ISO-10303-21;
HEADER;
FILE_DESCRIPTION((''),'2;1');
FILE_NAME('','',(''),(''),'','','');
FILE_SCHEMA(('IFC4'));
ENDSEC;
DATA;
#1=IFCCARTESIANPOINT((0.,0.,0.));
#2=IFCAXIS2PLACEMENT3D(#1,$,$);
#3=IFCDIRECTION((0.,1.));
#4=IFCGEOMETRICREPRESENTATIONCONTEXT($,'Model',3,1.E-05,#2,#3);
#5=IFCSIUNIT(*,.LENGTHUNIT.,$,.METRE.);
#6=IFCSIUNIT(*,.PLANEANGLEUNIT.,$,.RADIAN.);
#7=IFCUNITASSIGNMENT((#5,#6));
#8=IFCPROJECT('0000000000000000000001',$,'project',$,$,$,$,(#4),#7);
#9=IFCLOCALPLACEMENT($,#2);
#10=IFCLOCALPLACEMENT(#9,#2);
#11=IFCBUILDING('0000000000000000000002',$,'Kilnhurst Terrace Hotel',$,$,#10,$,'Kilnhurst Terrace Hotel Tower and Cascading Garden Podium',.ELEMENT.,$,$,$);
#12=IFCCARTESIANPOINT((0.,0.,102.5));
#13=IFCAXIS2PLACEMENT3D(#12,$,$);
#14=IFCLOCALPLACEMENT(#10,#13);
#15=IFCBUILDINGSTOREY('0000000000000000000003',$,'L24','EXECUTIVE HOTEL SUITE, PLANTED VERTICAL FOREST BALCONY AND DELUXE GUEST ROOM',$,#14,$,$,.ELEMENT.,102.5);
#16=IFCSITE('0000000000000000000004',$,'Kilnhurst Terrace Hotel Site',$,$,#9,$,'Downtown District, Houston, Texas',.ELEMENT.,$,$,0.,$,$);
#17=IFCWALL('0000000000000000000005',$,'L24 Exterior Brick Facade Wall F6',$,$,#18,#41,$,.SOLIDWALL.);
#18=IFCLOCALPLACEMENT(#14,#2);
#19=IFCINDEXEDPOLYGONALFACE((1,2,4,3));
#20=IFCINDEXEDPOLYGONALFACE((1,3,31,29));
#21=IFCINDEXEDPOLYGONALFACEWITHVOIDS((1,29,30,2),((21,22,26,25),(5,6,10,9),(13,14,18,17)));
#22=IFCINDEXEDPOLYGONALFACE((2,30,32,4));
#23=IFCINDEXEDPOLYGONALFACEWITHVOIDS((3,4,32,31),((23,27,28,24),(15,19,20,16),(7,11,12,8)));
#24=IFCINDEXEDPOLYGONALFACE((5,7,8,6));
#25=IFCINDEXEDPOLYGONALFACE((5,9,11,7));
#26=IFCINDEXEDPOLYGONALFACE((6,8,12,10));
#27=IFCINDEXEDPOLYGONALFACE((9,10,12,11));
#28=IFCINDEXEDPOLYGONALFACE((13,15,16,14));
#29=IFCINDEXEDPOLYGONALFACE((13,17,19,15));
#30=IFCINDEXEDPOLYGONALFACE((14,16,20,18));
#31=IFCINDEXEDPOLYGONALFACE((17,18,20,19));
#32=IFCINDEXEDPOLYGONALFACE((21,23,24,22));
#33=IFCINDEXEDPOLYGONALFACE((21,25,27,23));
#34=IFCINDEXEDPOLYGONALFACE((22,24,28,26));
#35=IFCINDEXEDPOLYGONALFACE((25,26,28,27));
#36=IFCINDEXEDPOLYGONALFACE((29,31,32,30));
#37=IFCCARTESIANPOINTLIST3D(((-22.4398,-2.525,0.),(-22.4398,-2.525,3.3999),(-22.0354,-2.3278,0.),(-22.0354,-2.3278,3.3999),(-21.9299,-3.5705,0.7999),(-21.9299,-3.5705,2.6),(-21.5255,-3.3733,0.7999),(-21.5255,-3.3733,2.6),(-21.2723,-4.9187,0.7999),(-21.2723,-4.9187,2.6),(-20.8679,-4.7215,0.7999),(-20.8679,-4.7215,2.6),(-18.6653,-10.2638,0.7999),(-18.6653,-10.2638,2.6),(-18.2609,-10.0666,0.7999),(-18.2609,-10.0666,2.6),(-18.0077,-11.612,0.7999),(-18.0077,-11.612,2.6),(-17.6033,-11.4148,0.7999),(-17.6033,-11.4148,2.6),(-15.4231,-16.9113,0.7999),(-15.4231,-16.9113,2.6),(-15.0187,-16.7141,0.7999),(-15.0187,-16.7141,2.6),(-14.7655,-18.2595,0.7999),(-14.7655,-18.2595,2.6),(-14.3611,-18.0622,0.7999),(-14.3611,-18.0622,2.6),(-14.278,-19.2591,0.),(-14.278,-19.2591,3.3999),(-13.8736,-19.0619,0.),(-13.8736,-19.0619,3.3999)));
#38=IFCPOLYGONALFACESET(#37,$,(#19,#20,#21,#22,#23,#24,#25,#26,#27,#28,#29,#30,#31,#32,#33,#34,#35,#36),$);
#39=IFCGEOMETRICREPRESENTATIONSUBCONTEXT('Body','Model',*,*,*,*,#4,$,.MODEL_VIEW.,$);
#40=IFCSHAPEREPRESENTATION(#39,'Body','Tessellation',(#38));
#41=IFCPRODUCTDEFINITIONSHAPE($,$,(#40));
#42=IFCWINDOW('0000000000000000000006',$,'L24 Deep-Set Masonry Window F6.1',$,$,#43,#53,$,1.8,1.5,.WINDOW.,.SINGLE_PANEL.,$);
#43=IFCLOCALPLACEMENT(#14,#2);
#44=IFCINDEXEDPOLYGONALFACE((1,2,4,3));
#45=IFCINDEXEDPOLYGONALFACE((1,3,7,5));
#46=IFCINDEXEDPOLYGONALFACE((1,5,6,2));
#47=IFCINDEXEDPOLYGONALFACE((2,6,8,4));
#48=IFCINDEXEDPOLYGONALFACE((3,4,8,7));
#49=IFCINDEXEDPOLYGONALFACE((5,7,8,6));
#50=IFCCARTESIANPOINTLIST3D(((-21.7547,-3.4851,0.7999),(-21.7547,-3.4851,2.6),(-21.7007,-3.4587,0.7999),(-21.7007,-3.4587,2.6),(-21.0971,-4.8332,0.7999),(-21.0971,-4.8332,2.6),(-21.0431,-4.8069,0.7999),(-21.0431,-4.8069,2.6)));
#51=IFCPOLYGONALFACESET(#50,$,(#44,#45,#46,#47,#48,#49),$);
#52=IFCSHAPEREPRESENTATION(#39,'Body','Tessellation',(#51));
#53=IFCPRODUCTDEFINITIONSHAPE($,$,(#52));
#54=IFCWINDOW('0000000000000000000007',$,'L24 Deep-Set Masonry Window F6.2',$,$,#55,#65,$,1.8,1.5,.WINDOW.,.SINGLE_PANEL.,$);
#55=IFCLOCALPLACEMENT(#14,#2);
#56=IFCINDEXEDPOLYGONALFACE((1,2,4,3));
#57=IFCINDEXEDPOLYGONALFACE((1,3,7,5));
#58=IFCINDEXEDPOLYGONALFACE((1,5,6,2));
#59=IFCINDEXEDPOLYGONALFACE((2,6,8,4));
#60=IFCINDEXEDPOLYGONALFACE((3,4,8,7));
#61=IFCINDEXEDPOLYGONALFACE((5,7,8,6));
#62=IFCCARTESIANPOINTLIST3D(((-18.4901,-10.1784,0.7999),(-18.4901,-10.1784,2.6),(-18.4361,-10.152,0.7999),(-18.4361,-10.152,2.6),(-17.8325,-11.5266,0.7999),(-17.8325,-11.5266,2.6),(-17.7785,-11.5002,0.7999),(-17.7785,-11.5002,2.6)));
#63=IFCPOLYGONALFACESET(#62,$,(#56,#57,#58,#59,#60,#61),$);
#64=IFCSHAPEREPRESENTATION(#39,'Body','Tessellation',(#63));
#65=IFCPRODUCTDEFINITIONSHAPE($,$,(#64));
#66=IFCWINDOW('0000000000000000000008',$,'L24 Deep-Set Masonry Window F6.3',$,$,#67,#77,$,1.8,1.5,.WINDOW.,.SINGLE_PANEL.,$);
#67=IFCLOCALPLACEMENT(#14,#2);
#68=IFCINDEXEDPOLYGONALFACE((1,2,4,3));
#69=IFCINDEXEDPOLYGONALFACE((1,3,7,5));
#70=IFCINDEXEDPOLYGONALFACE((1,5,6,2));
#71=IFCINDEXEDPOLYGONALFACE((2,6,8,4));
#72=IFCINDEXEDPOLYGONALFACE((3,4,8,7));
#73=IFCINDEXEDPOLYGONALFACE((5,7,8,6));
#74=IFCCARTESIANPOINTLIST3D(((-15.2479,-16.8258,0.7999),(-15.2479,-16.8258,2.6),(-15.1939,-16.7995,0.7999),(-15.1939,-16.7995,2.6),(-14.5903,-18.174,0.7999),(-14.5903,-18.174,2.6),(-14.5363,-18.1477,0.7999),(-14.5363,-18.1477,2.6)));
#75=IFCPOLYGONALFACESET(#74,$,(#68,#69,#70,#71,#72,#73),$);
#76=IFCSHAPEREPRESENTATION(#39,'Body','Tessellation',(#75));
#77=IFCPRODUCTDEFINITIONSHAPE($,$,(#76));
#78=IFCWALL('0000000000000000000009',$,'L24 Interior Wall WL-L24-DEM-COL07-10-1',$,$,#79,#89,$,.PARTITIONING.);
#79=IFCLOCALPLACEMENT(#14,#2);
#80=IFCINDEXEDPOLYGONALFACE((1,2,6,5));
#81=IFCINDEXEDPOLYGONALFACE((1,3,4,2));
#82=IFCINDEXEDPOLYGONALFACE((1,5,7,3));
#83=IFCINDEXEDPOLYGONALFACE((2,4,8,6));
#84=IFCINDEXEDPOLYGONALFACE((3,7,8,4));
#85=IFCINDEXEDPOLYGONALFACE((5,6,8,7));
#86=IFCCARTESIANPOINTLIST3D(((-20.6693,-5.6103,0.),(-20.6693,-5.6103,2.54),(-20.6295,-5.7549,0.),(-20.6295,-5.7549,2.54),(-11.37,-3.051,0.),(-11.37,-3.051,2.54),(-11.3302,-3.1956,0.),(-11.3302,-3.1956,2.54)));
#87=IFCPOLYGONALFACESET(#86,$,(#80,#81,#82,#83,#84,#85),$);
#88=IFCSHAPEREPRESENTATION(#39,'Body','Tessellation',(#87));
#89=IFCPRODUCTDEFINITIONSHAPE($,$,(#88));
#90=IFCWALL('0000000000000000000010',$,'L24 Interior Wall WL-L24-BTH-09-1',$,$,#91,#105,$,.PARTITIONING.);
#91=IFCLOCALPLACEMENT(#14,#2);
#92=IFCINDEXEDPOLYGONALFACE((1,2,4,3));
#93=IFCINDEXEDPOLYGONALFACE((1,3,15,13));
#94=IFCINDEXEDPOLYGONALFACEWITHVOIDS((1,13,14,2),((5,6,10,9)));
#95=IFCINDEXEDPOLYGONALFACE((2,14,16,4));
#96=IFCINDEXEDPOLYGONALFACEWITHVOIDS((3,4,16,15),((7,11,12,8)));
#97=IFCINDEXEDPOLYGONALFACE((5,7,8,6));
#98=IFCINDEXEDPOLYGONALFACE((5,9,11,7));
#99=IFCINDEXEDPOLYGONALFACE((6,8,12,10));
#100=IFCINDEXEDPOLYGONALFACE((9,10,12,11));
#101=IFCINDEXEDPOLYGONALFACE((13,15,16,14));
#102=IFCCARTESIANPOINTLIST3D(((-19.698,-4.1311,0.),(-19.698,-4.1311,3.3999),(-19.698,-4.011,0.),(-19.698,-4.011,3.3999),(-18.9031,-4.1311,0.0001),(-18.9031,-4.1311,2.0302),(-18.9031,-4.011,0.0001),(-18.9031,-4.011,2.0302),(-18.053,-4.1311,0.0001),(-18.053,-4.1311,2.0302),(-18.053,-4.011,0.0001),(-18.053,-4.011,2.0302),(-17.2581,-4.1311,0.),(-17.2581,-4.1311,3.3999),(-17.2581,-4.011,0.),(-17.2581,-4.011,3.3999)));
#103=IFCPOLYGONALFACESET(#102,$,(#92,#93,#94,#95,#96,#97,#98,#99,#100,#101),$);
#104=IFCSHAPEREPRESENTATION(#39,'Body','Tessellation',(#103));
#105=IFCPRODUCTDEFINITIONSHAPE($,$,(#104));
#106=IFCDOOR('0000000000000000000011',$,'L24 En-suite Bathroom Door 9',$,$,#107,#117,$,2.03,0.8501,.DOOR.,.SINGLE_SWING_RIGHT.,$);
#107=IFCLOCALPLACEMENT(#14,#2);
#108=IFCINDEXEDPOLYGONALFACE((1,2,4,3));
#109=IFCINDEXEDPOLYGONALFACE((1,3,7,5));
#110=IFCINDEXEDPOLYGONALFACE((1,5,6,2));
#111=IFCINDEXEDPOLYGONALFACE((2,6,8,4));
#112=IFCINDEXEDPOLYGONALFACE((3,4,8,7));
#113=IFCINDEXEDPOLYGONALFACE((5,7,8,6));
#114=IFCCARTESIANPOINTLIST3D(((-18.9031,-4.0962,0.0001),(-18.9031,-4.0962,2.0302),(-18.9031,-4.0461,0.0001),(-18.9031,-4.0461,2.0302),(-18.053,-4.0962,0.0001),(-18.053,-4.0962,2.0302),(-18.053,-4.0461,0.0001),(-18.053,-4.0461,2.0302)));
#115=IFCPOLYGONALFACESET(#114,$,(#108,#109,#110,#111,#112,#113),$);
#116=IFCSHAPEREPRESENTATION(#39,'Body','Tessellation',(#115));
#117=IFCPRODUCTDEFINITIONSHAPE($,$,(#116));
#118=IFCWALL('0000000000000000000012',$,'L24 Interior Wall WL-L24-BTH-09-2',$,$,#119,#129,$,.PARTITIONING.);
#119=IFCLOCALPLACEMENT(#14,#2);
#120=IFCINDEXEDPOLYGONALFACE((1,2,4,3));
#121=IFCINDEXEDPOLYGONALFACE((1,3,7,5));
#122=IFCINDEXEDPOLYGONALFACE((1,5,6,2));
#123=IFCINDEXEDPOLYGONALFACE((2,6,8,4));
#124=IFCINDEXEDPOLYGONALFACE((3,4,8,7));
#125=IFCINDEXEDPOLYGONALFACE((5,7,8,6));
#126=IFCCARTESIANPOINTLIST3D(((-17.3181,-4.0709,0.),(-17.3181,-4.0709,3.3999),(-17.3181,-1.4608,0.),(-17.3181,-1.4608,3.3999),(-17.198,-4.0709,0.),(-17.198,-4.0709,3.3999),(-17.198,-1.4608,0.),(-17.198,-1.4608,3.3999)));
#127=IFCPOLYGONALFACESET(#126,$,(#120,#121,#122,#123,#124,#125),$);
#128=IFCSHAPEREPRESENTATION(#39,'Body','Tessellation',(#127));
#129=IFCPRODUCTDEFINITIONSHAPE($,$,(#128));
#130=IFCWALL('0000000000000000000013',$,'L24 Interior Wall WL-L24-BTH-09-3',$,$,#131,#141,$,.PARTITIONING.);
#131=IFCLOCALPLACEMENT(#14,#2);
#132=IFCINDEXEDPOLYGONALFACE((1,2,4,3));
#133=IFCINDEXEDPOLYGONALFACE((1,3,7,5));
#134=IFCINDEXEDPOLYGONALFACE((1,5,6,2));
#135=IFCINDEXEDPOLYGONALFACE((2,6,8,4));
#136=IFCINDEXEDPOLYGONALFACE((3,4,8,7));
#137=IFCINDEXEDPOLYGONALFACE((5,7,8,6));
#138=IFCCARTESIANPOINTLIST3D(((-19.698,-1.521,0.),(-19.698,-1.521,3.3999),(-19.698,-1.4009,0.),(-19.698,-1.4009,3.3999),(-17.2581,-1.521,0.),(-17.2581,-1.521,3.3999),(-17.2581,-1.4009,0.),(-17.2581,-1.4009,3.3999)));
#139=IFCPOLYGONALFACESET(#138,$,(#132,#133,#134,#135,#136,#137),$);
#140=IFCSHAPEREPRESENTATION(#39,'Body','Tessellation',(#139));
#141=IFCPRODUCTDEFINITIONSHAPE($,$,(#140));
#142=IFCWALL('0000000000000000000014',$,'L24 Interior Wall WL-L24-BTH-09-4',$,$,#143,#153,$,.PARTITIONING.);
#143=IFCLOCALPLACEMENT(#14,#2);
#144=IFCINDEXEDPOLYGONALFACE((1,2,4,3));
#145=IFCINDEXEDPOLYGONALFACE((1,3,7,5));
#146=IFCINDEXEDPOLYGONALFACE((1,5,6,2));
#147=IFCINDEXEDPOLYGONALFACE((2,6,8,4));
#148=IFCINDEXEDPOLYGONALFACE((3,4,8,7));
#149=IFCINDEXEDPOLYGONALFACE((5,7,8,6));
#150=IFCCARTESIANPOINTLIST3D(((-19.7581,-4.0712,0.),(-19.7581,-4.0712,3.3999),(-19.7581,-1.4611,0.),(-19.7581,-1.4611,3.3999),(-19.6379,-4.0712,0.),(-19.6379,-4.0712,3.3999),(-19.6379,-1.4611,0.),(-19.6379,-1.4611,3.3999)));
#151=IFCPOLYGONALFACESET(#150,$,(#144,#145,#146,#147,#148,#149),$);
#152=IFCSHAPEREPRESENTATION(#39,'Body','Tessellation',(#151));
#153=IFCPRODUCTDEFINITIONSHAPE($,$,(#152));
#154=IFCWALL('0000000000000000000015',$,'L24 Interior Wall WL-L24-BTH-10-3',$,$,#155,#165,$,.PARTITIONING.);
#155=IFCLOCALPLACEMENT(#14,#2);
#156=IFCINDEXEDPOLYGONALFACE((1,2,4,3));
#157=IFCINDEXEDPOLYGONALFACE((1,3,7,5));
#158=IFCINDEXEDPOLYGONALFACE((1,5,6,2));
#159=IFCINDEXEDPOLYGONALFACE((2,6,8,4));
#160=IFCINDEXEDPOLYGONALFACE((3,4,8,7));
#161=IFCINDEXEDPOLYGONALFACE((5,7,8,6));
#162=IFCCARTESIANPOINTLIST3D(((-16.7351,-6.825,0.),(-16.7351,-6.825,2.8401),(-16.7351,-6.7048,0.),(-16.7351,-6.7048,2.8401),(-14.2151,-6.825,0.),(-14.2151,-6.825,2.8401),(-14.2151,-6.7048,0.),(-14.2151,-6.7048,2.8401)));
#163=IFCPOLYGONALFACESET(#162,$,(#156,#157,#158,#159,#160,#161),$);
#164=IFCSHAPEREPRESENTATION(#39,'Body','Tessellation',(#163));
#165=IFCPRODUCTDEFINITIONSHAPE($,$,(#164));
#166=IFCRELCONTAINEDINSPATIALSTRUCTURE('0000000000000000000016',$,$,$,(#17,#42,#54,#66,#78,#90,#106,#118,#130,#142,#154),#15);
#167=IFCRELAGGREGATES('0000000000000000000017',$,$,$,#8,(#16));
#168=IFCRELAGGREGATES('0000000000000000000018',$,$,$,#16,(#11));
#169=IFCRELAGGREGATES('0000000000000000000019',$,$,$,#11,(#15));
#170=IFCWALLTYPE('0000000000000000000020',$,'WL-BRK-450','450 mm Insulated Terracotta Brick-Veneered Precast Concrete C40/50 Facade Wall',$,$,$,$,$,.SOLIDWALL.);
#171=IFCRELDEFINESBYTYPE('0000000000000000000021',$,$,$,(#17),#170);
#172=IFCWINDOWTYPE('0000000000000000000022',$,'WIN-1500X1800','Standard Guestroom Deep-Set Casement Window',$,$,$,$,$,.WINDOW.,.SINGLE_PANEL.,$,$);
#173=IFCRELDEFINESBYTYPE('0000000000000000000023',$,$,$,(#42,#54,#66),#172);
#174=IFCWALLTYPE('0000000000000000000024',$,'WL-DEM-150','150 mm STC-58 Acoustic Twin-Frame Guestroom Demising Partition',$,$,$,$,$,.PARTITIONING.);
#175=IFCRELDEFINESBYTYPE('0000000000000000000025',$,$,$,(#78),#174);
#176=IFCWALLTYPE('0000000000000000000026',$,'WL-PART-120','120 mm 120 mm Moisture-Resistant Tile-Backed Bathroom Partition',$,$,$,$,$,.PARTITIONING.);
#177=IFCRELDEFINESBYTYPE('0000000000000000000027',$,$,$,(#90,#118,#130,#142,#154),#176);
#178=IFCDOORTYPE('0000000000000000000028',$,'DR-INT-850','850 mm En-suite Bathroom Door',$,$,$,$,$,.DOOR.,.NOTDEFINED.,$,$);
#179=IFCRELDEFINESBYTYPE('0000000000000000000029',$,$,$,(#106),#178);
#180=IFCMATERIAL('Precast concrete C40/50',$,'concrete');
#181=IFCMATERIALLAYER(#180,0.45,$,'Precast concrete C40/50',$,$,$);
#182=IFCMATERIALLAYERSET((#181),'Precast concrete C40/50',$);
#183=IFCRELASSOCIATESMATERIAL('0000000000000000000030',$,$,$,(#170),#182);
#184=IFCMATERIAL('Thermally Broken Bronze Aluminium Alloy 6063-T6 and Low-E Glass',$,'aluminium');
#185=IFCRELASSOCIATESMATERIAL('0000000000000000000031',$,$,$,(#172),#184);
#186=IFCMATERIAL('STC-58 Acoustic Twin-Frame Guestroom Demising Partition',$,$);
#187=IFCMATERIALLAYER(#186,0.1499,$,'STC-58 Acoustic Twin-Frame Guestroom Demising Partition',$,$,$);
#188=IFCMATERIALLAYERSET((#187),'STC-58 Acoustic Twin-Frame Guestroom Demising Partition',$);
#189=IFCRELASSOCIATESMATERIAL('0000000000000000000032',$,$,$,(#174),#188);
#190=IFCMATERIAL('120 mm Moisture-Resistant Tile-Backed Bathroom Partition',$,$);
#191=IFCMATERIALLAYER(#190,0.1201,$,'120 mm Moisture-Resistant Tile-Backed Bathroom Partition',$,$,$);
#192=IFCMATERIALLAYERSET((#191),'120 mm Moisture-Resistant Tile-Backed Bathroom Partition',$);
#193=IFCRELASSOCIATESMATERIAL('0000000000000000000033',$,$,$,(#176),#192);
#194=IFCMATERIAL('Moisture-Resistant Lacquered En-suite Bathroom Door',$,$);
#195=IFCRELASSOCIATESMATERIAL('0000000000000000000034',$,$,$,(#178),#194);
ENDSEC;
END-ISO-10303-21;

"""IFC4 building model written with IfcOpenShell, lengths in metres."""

from ifc_helpers import new_model, si_unit, direction, frame, frame_2d, origin, place, context, subcontext, project, spatial, rectangle, extrude, material, layer, layer_set, type_object, element, fill, save


model = new_model("IFC4")

# Units and contexts
model_context = context("Model", 3, precision=1e-05, world=origin(), true_north=direction((0.0, 1.0)))
body_context = subcontext(model_context, "Body", "Model", "MODEL_VIEW")
ifc_project = project(units=[si_unit("LENGTHUNIT", "METRE"), si_unit("PLANEANGLEUNIT", "RADIAN")], contexts=[model_context])

# Site, building, storey
site_placement = place(None, origin())
site = spatial("IfcSite", under=ifc_project, at=site_placement, Name="Kilnhurst Terrace Hotel Site", LongName="Downtown District, Houston, Texas", CompositionType="ELEMENT", RefElevation=0.0)
building_placement = place(site_placement, origin())
building = spatial("IfcBuilding", under=site, at=building_placement, Name="Kilnhurst Terrace Hotel", LongName="Kilnhurst Terrace Hotel Tower and Cascading Garden Podium", CompositionType="ELEMENT")
storey_placement = place(building_placement, frame((0.0, 0.0, 102.5)))
storey = spatial("IfcBuildingStorey", under=building, at=storey_placement, Name="L24", Description="EXECUTIVE HOTEL SUITE, PLANTED VERTICAL FOREST BALCONY AND DELUXE GUEST ROOM", CompositionType="ELEMENT", Elevation=102.5)

# Shared definitions
ifc_material_1 = material(Name="Precast concrete C40/50", Category="concrete")
ifc_layer_1 = layer(ifc_material_1, 0.45, Name="Precast concrete C40/50")
ifc_layer_set_1 = layer_set([ifc_layer_1], Name="Precast concrete C40/50")
wall_type_1 = type_object("IfcWallType", Name="WL-BRK-450", Description="450 mm Insulated Terracotta Brick-Veneered Precast Concrete C40/50 Facade Wall", PredefinedType="SOLIDWALL", material=ifc_layer_set_1)

# Wall, openings, windows
wall_1_placement = place(storey_placement, frame((-22.2375, -2.4265, 0.0), z_axis=(0.0, 0.0, 1.0), x_axis=(0.438375, -0.898792, 0.0)))
wall_1 = element("IfcWall", 1, at=wall_1_placement, inside=storey, type_object=wall_type_1, Name="L24 Exterior Brick Facade Wall F6", PredefinedType="SOLIDWALL", context=body_context, shape_type="SweptSolid", body=[
    extrude(rectangle(XDim=18.6184, YDim=0.45, at=frame_2d((9.3091, 0.0))), origin(), (0.0, 0.0, 1.0), 3.3999),
])
opening_1_placement = place(wall_1_placement, frame((1.1631, 0.0, 0.8)))
opening_1 = element("IfcOpeningElement", 2, at=opening_1_placement, cuts=wall_1, PredefinedType="OPENING", context=body_context, shape_type="SweptSolid", body=[
    extrude(rectangle(XDim=1.5, YDim=1.8, at=frame_2d((0.75, 0.8999))), frame((0.0, 0.2349, 0.0), z_axis=(0.0, -1.0, 0.0), x_axis=(1.0, 0.0, 0.0)), (0.0, 0.0, 1.0), 0.47),
])
opening_2_placement = place(wall_1_placement, frame((8.6101, 0.0, 0.8)))
opening_2 = element("IfcOpeningElement", 3, at=opening_2_placement, cuts=wall_1, PredefinedType="OPENING", context=body_context, shape_type="SweptSolid", body=[
    extrude(rectangle(XDim=1.5, YDim=1.8, at=frame_2d((0.75, 0.8999))), frame((0.0, 0.2349, 0.0), z_axis=(0.0, -1.0, 0.0), x_axis=(1.0, 0.0, 0.0)), (0.0, 0.0, 1.0), 0.47),
])
opening_3_placement = place(wall_1_placement, frame((16.0061, 0.0, 0.8)))
opening_3 = element("IfcOpeningElement", 4, at=opening_3_placement, cuts=wall_1, PredefinedType="OPENING", context=body_context, shape_type="SweptSolid", body=[
    extrude(rectangle(XDim=1.5, YDim=1.8, at=frame_2d((0.75, 0.8999))), frame((0.0, 0.2349, 0.0), z_axis=(0.0, -1.0, 0.0), x_axis=(1.0, 0.0, 0.0)), (0.0, 0.0, 1.0), 0.47),
])
ifc_material_2 = material(Name="Thermally Broken Bronze Aluminium Alloy 6063-T6 and Low-E Glass", Category="aluminium")
window_type = type_object("IfcWindowType", Name="WIN-1500X1800", Description="Standard Guestroom Deep-Set Casement Window", PartitioningType="SINGLE_PANEL", PredefinedType="WINDOW", material=ifc_material_2)
window_1_placement = place(opening_1_placement, origin())
window_1 = element("IfcWindow", 5, at=window_1_placement, inside=storey, type_object=window_type, Name="L24 Deep-Set Masonry Window F6.1", OverallHeight=1.8, OverallWidth=1.5, PartitioningType="SINGLE_PANEL", PredefinedType="WINDOW", context=body_context, shape_type="SweptSolid", body=[
    extrude(rectangle(XDim=1.5, YDim=1.8, at=frame_2d((0.75, 0.8999))), frame((0.0, 0.03, 0.0), z_axis=(0.0, -1.0, 0.0), x_axis=(1.0, 0.0, 0.0)), (0.0, 0.0, 1.0), 0.0601),
])
fill(opening_1, window_1)
window_2_placement = place(opening_2_placement, origin())
window_2 = element("IfcWindow", 6, at=window_2_placement, inside=storey, type_object=window_type, Name="L24 Deep-Set Masonry Window F6.2", OverallHeight=1.8, OverallWidth=1.5, PartitioningType="SINGLE_PANEL", PredefinedType="WINDOW", context=body_context, shape_type="SweptSolid", body=[
    extrude(rectangle(XDim=1.5, YDim=1.8, at=frame_2d((0.75, 0.8999))), frame((0.0, 0.03, 0.0), z_axis=(0.0, -1.0, 0.0), x_axis=(1.0, 0.0, 0.0)), (0.0, 0.0, 1.0), 0.0601),
])
fill(opening_2, window_2)
window_3_placement = place(opening_3_placement, origin())
window_3 = element("IfcWindow", 7, at=window_3_placement, inside=storey, type_object=window_type, Name="L24 Deep-Set Masonry Window F6.3", OverallHeight=1.8, OverallWidth=1.5, PartitioningType="SINGLE_PANEL", PredefinedType="WINDOW", context=body_context, shape_type="SweptSolid", body=[
    extrude(rectangle(XDim=1.5, YDim=1.8, at=frame_2d((0.75, 0.8999))), frame((0.0, 0.03, 0.0), z_axis=(0.0, -1.0, 0.0), x_axis=(1.0, 0.0, 0.0)), (0.0, 0.0, 1.0), 0.0601),
])
fill(opening_3, window_3)

# Wall
ifc_material_3 = material(Name="STC-58 Acoustic Twin-Frame Guestroom Demising Partition")
ifc_layer_2 = layer(ifc_material_3, 0.1499, Name="STC-58 Acoustic Twin-Frame Guestroom Demising Partition")
ifc_layer_set_2 = layer_set([ifc_layer_2], Name="STC-58 Acoustic Twin-Frame Guestroom Demising Partition")
wall_type_2 = type_object("IfcWallType", Name="WL-DEM-150", Description="150 mm STC-58 Acoustic Twin-Frame Guestroom Demising Partition", PredefinedType="PARTITIONING", material=ifc_layer_set_2)
wall_2_placement = place(storey_placement, frame((-11.3501, -3.1233, 0.0), z_axis=(0.0, 0.0, 1.0), x_axis=(-0.964152, -0.265351, 0.0)))
element("IfcWall", 8, at=wall_2_placement, inside=storey, type_object=wall_type_2, Name="L24 Interior Wall WL-L24-DEM-COL07-10-1", PredefinedType="PARTITIONING", context=body_context, shape_type="SweptSolid", body=[
    extrude(rectangle(XDim=9.645, YDim=0.1499, at=frame_2d((4.8225, 0.0))), origin(), (0.0, 0.0, 1.0), 2.54),
])

# Wall, opening, door
ifc_material_4 = material(Name="120 mm Moisture-Resistant Tile-Backed Bathroom Partition")
ifc_layer_3 = layer(ifc_material_4, 0.1201, Name="120 mm Moisture-Resistant Tile-Backed Bathroom Partition")
ifc_layer_set_3 = layer_set([ifc_layer_3], Name="120 mm Moisture-Resistant Tile-Backed Bathroom Partition")
wall_type_3 = type_object("IfcWallType", Name="WL-PART-120", Description="120 mm 120 mm Moisture-Resistant Tile-Backed Bathroom Partition", PredefinedType="PARTITIONING", material=ifc_layer_set_3)
wall_3_placement = place(storey_placement, frame((-19.698, -4.071, 0.0), z_axis=(0.0, 0.0, 1.0), x_axis=(1.0, 0.0, 0.0)))
wall_3 = element("IfcWall", 9, at=wall_3_placement, inside=storey, type_object=wall_type_3, Name="L24 Interior Wall WL-L24-BTH-09-1", PredefinedType="PARTITIONING", context=body_context, shape_type="SweptSolid", body=[
    extrude(rectangle(XDim=2.4399, YDim=0.1201, at=frame_2d((1.22, 0.0))), origin(), (0.0, 0.0, 1.0), 3.3999),
])
opening_4_placement = place(wall_3_placement, frame((0.7949, 0.0, 0.0)))
opening_4 = element("IfcOpeningElement", 10, at=opening_4_placement, cuts=wall_3, PredefinedType="OPENING", context=body_context, shape_type="SweptSolid", body=[
    extrude(rectangle(XDim=0.8501, YDim=2.03, at=frame_2d((0.425, 1.0151))), frame((0.0, 0.0701, 0.0), z_axis=(0.0, -1.0, 0.0), x_axis=(1.0, 0.0, 0.0)), (0.0, 0.0, 1.0), 0.1401),
])
ifc_material_5 = material(Name="Moisture-Resistant Lacquered En-suite Bathroom Door")
door_type = type_object("IfcDoorType", Name="DR-INT-850", Description="850 mm En-suite Bathroom Door", OperationType="NOTDEFINED", PredefinedType="DOOR", material=ifc_material_5)
door_placement = place(opening_4_placement, origin())
door = element("IfcDoor", 11, at=door_placement, inside=storey, type_object=door_type, Name="L24 En-suite Bathroom Door 9", OperationType="SINGLE_SWING_RIGHT", OverallHeight=2.03, OverallWidth=0.8501, PredefinedType="DOOR", context=body_context, shape_type="SweptSolid", body=[
    extrude(rectangle(XDim=0.8501, YDim=2.03, at=frame_2d((0.425, 1.0151))), frame((0.0, 0.0249, 0.0), z_axis=(0.0, -1.0, 0.0), x_axis=(1.0, 0.0, 0.0)), (0.0, 0.0, 1.0), 0.05),
])
fill(opening_4, door)

# Walls
wall_4_placement = place(storey_placement, frame((-17.2581, -4.071, 0.0), z_axis=(0.0, 0.0, 1.0), x_axis=(0.0, 1.0, 0.0)))
element("IfcWall", 12, at=wall_4_placement, inside=storey, type_object=wall_type_3, Name="L24 Interior Wall WL-L24-BTH-09-2", PredefinedType="PARTITIONING", context=body_context, shape_type="SweptSolid", body=[
    extrude(rectangle(XDim=2.6101, YDim=0.1201, at=frame_2d((1.3052, 0.0))), origin(), (0.0, 0.0, 1.0), 3.3999),
])
wall_5_placement = place(storey_placement, frame((-17.2581, -1.4609, 0.0), z_axis=(0.0, 0.0, 1.0), x_axis=(-1.0, 0.0, 0.0)))
element("IfcWall", 13, at=wall_5_placement, inside=storey, type_object=wall_type_3, Name="L24 Interior Wall WL-L24-BTH-09-3", PredefinedType="PARTITIONING", context=body_context, shape_type="SweptSolid", body=[
    extrude(rectangle(XDim=2.4399, YDim=0.1201, at=frame_2d((1.22, 0.0))), origin(), (0.0, 0.0, 1.0), 3.3999),
])
wall_6_placement = place(storey_placement, frame((-19.698, -1.4609, 0.0), z_axis=(0.0, 0.0, 1.0), x_axis=(0.0, -1.0, 0.0)))
element("IfcWall", 14, at=wall_6_placement, inside=storey, type_object=wall_type_3, Name="L24 Interior Wall WL-L24-BTH-09-4", PredefinedType="PARTITIONING", context=body_context, shape_type="SweptSolid", body=[
    extrude(rectangle(XDim=2.6101, YDim=0.1201, at=frame_2d((1.3052, 0.0))), origin(), (0.0, 0.0, 1.0), 3.3999),
])
wall_7_placement = place(storey_placement, frame((-14.2151, -6.7649, 0.0), z_axis=(0.0, 0.0, 1.0), x_axis=(-1.0, 0.0, 0.0)))
element("IfcWall", 15, at=wall_7_placement, inside=storey, type_object=wall_type_3, Name="L24 Interior Wall WL-L24-BTH-10-3", PredefinedType="PARTITIONING", context=body_context, shape_type="SweptSolid", body=[
    extrude(rectangle(XDim=2.52, YDim=0.1201, at=frame_2d((1.26, 0.0))), origin(), (0.0, 0.0, 1.0), 2.8401),
])

save(model, "model.ifc")
